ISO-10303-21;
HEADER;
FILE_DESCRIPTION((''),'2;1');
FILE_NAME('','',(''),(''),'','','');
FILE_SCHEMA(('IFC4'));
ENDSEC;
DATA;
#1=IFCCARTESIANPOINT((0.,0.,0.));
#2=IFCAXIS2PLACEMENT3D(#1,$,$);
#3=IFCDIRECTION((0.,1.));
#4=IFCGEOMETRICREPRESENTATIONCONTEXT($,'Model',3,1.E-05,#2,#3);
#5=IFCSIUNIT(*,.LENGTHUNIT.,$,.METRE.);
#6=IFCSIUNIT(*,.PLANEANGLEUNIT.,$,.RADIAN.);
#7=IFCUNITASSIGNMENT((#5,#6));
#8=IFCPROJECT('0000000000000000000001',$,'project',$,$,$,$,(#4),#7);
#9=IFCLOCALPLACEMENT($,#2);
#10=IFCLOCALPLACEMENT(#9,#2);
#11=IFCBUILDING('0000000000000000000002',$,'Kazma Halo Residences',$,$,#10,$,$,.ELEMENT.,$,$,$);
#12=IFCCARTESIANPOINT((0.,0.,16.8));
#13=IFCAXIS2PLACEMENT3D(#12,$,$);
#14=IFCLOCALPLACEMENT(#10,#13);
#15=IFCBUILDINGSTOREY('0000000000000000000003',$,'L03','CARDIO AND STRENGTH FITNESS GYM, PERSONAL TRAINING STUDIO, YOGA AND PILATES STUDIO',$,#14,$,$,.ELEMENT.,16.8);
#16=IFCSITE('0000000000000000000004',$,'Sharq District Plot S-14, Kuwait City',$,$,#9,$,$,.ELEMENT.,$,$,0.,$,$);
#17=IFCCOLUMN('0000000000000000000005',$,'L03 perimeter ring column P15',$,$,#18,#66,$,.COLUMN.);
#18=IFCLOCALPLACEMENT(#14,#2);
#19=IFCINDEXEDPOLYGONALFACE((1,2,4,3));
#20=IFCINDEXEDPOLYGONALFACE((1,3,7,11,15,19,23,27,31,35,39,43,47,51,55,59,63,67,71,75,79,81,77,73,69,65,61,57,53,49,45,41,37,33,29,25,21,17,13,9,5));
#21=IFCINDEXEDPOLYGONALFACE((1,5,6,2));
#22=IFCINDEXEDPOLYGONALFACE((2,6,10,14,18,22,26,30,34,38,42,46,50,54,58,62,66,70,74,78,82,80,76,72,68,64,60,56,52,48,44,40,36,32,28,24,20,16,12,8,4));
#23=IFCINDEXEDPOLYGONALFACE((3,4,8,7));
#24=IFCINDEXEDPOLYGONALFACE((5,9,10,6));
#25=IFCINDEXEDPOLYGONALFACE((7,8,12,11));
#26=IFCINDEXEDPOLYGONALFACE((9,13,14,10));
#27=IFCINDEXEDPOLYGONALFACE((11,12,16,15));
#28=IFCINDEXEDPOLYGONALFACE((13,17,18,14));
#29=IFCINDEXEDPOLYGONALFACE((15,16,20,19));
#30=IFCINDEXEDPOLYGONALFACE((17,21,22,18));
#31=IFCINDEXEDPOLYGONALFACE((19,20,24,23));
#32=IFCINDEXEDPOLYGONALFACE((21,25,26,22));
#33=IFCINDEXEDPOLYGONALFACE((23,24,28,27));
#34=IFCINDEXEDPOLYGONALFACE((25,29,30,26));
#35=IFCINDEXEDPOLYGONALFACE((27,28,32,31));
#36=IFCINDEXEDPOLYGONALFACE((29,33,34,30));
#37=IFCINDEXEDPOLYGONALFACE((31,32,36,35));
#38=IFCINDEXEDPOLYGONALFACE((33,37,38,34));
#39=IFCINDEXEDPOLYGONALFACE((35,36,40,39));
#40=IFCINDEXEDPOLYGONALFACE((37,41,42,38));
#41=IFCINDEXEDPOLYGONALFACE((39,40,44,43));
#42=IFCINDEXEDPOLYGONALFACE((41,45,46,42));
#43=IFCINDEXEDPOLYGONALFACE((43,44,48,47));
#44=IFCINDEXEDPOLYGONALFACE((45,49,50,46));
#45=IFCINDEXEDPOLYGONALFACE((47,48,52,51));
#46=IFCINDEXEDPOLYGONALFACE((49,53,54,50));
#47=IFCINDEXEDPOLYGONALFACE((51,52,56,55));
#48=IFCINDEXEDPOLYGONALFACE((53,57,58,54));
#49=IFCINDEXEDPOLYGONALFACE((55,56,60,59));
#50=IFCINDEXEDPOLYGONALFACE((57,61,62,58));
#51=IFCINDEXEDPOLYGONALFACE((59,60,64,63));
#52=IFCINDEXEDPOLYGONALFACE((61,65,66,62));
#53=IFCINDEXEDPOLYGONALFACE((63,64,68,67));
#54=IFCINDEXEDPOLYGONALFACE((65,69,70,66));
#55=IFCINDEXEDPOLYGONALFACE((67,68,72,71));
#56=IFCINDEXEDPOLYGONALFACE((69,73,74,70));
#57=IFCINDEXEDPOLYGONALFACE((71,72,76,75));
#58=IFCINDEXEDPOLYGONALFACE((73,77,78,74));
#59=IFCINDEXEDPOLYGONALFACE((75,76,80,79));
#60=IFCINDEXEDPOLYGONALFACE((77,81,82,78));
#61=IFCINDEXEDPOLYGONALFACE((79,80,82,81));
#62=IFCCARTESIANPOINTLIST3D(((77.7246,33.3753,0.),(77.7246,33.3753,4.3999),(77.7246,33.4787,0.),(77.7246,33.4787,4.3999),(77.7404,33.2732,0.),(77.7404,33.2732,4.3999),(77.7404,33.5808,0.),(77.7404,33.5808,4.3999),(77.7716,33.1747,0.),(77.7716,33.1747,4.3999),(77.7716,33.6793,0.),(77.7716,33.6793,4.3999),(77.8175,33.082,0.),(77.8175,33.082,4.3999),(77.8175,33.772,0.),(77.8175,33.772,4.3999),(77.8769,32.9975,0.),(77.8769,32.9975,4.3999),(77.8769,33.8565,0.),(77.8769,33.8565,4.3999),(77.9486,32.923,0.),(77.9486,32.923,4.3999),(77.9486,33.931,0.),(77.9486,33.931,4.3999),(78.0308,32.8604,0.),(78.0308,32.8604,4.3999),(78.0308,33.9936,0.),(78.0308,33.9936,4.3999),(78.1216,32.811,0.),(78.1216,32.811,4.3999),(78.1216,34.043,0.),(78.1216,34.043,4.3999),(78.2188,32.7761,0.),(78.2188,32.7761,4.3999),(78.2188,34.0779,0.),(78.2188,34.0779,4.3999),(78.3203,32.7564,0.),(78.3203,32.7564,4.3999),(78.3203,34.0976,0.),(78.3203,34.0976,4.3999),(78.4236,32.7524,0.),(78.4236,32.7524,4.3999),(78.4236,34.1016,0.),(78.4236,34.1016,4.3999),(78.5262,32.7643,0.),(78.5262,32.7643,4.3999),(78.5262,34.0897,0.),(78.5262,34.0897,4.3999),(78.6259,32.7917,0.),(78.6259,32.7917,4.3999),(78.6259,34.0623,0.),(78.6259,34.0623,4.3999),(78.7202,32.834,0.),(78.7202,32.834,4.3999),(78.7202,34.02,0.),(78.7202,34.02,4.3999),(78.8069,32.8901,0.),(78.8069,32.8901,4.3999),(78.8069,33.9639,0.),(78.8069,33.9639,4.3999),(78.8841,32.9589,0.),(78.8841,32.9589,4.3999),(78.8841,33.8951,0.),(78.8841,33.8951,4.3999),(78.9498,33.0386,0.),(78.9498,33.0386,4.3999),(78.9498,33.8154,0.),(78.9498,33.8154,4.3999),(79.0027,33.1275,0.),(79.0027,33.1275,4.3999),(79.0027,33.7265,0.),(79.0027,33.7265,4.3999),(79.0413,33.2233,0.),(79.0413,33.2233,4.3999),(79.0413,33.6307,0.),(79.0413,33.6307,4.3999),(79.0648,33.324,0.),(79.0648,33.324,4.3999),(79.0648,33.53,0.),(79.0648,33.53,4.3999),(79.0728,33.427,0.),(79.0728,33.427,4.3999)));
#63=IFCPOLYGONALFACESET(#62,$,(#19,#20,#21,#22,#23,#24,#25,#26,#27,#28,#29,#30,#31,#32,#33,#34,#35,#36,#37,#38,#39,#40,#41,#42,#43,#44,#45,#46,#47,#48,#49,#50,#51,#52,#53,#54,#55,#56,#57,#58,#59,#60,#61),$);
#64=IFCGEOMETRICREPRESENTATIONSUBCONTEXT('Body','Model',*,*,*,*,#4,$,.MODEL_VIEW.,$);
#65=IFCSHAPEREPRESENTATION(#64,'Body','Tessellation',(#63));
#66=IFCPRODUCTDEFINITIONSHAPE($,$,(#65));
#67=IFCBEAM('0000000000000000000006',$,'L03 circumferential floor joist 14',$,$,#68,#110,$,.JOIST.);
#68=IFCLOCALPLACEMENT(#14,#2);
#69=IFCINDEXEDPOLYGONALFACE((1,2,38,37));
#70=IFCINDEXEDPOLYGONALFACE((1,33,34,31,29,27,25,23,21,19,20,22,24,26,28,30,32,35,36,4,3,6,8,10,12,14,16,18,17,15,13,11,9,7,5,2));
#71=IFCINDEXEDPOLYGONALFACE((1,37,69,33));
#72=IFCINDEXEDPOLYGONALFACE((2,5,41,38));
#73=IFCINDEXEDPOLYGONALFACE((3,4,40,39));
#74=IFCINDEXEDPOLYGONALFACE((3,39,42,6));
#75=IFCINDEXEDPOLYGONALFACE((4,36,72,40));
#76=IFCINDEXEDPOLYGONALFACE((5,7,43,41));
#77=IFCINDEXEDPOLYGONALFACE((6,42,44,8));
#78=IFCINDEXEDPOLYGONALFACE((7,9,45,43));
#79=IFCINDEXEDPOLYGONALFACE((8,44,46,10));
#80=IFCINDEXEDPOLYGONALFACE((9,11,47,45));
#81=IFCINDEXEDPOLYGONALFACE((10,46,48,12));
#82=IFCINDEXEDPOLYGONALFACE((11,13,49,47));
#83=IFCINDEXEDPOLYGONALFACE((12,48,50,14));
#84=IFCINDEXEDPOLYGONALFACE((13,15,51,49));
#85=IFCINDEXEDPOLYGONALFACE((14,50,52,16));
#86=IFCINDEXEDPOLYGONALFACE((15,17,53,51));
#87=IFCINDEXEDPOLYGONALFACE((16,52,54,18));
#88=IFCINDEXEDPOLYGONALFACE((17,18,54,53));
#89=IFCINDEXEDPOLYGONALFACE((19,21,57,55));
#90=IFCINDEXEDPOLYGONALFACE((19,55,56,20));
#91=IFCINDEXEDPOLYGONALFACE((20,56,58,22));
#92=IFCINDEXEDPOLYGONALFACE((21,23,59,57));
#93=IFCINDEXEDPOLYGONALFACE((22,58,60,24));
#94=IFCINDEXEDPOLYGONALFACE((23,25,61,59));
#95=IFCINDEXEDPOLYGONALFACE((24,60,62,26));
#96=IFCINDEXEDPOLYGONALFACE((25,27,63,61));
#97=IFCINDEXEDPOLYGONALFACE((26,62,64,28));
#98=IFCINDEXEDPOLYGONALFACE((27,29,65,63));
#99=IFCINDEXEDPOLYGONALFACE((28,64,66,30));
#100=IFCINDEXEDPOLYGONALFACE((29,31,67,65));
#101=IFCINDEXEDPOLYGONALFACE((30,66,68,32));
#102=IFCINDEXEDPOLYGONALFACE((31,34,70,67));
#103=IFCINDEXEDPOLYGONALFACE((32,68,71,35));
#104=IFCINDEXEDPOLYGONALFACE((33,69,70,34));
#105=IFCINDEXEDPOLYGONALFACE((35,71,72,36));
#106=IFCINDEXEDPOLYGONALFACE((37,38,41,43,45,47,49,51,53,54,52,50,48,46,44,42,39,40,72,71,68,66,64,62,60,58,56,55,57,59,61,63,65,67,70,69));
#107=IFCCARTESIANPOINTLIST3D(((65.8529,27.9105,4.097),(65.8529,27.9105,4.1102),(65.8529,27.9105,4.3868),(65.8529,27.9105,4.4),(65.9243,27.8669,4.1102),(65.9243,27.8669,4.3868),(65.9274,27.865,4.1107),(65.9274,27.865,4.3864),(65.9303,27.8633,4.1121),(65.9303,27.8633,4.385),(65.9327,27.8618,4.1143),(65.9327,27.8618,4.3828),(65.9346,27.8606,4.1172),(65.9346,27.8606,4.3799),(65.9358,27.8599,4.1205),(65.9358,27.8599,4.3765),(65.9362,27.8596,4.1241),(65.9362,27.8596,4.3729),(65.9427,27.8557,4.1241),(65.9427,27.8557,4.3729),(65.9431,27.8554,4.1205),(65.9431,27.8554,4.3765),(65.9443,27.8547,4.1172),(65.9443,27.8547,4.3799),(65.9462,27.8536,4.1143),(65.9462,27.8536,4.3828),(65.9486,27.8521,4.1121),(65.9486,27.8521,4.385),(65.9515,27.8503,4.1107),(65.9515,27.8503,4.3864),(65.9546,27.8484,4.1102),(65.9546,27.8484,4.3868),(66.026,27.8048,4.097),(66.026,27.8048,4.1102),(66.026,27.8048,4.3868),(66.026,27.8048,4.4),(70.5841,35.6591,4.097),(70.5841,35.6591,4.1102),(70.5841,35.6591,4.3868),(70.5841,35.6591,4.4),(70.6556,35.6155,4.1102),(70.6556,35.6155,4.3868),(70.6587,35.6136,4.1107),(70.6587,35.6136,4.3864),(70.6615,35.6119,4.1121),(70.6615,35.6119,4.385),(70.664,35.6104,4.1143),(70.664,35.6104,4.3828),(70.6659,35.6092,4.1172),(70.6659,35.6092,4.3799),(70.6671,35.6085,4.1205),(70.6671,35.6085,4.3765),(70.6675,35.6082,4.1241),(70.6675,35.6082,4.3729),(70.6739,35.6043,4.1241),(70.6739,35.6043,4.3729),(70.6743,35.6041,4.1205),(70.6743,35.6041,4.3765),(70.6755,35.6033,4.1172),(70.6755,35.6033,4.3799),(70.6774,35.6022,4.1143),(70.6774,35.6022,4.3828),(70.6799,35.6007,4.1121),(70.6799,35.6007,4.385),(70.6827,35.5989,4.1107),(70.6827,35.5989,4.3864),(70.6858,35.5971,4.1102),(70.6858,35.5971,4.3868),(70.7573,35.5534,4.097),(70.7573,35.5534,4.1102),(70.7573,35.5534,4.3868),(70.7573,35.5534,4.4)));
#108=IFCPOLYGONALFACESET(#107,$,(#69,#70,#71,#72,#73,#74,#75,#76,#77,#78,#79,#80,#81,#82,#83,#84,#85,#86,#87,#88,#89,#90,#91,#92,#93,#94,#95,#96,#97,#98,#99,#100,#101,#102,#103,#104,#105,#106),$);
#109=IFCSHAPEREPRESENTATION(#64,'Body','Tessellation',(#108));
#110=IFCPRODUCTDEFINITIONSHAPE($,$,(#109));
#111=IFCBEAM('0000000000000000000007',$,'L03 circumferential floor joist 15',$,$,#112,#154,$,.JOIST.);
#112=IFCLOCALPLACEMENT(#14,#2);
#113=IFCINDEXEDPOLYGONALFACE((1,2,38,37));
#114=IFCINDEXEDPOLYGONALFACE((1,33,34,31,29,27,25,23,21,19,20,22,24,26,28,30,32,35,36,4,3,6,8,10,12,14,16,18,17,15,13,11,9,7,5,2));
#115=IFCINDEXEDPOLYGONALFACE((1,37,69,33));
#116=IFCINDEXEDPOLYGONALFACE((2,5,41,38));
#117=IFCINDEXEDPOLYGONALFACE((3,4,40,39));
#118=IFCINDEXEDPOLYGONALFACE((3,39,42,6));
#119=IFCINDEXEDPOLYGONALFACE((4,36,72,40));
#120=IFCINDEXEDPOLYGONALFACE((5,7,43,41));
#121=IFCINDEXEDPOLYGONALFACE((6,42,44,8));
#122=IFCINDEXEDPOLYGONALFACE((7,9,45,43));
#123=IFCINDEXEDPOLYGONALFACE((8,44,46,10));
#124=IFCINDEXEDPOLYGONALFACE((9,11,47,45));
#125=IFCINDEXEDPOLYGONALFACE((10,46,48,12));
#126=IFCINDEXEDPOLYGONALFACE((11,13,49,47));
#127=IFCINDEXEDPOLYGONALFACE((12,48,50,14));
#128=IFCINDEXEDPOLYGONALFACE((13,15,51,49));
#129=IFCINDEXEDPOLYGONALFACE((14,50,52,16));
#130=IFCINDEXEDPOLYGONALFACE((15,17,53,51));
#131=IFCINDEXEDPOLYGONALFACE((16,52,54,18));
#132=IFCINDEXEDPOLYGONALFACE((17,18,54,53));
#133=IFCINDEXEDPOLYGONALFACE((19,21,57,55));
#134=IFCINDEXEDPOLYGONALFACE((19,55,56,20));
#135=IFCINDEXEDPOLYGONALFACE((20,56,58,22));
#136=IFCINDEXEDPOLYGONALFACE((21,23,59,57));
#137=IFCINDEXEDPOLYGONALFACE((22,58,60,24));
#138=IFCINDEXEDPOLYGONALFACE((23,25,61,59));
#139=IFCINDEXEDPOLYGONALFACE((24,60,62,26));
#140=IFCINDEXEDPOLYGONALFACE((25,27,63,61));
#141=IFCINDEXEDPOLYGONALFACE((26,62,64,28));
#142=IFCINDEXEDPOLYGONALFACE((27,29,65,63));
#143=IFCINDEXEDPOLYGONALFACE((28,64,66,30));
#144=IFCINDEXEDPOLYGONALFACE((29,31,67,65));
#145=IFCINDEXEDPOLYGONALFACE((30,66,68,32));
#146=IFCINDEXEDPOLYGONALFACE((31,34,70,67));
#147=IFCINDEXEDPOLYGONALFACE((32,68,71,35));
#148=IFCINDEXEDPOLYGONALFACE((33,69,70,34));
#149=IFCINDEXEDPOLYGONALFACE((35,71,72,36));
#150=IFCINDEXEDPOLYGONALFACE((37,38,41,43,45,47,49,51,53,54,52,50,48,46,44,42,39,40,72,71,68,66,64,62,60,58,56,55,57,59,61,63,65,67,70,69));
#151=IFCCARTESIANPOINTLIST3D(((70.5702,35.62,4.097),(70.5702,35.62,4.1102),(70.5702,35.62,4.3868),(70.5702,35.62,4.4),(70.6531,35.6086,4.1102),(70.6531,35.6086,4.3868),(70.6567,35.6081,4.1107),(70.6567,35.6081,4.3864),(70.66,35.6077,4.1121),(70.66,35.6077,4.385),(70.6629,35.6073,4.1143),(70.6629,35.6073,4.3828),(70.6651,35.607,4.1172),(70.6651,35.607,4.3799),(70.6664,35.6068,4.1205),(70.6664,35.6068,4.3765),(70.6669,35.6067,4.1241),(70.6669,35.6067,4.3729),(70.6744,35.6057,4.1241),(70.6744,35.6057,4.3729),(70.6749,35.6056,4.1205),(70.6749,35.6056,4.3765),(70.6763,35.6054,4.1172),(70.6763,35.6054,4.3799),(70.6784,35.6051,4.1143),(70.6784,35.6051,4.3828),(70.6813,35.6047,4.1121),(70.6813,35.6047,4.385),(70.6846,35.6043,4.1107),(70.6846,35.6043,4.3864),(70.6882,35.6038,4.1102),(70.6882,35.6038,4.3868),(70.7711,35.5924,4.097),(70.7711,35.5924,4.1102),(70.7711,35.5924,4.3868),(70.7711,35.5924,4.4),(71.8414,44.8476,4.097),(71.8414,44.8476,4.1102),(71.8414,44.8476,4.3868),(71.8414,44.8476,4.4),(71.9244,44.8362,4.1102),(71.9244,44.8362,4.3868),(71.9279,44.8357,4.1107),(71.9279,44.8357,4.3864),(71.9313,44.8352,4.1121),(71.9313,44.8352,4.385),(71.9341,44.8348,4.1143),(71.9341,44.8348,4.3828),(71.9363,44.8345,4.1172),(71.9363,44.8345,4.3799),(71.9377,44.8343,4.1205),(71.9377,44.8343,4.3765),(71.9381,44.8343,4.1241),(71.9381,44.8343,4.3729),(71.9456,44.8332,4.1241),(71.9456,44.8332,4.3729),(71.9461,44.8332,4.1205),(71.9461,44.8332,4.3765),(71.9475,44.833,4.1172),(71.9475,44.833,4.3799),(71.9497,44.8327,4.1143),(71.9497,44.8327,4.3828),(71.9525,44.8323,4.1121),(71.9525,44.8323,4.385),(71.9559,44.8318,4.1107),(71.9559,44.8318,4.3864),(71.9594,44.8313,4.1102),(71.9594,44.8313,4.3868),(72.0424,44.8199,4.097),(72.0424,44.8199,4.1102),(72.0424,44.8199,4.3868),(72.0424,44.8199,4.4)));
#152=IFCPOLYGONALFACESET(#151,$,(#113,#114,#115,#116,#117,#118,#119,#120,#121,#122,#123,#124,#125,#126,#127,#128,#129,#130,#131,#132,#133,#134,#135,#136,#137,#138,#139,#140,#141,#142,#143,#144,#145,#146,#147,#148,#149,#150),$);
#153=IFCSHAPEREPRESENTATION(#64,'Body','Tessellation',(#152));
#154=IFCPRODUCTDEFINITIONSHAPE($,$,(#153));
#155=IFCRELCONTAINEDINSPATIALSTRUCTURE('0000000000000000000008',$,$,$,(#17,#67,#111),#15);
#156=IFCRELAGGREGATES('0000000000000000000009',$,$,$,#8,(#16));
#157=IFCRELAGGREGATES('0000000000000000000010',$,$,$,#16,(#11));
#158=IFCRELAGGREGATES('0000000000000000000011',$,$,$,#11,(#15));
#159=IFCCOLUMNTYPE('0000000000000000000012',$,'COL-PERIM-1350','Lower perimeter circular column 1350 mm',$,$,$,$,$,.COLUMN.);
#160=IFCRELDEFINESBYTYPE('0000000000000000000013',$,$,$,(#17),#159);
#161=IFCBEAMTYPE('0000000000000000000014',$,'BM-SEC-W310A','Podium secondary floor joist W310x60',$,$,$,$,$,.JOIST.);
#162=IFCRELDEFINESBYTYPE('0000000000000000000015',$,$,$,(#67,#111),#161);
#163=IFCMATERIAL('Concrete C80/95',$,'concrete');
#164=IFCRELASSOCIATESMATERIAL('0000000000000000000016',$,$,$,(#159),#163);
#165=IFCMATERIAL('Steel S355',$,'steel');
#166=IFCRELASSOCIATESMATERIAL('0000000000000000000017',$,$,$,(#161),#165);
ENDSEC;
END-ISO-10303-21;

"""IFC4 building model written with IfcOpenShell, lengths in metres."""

from ifc_helpers import new_model, si_unit, direction, frame, origin, origin_2d, place, context, subcontext, project, spatial, circle, i_section, extrude, material, material_profile, profile_set, type_object, element, save


model = new_model("IFC4")

# Units and contexts
model_context = context("Model", 3, precision=1e-05, world=origin(), true_north=direction((0.0, 1.0)))
body_context = subcontext(model_context, "Body", "Model", "MODEL_VIEW")
ifc_project = project(units=[si_unit("LENGTHUNIT", "METRE"), si_unit("PLANEANGLEUNIT", "RADIAN")], contexts=[model_context])

# Site, building, storey
site_placement = place(None, origin())
site = spatial("IfcSite", under=ifc_project, at=site_placement, Name="Sharq District Plot S-14, Kuwait City", CompositionType="ELEMENT", RefElevation=0.0)
building_placement = place(site_placement, origin())
building = spatial("IfcBuilding", under=site, at=building_placement, Name="Kazma Halo Residences", CompositionType="ELEMENT")
storey_placement = place(building_placement, frame((0.0, 0.0, 16.8)))
storey = spatial("IfcBuildingStorey", under=building, at=storey_placement, Name="L03", Description="CARDIO AND STRENGTH FITNESS GYM, PERSONAL TRAINING STUDIO, YOGA AND PILATES STUDIO", CompositionType="ELEMENT", Elevation=16.8)

# Column
ifc_material_1 = material(Name="Concrete C80/95", Category="concrete")
ifc_material_profile_1 = material_profile(ifc_material_1, circle(Radius=0.675, at=origin_2d()), Name="CIRC1350")
ifc_profile_set_1 = profile_set([ifc_material_profile_1], Name="Concrete C80/95")
column_type = type_object("IfcColumnType", Name="COL-PERIM-1350", Description="Lower perimeter circular column 1350 mm", PredefinedType="COLUMN", material=ifc_profile_set_1)
column_placement = place(storey_placement, frame((78.3977, 33.427, 0.0), z_axis=(0.0, 0.0, 1.0), x_axis=(1.0, 0.0, 0.0)))
element("IfcColumn", 1, at=column_placement, inside=storey, type_object=column_type, Name="L03 perimeter ring column P15", PredefinedType="COLUMN", context=body_context, shape_type="SweptSolid", body=[
    extrude(circle(Radius=0.675, at=origin_2d()), origin(), (0.0, 0.0, 1.0), 4.3999),
])

# Beams
ifc_material_2 = material(Name="Steel S355", Category="steel")
ifc_material_profile_2 = material_profile(ifc_material_2, i_section(OverallWidth=0.2029, OverallDepth=0.303, WebThickness=0.0076, FlangeThickness=0.0132, FilletRadius=0.0139, at=origin_2d()), Name="W310x60")
ifc_profile_set_2 = profile_set([ifc_material_profile_2], Name="Steel S355")
beam_type_1 = type_object("IfcBeamType", Name="BM-SEC-W310A", Description="Podium secondary floor joist W310x60", PredefinedType="JOIST", material=ifc_profile_set_2)
beam_1_placement = place(storey_placement, frame((65.9395, 27.8577, 4.2485), z_axis=(0.521128, 0.853479, 0.0), x_axis=(-0.853479, 0.521128, 0.0)))
element("IfcBeam", 2, at=beam_1_placement, inside=storey, type_object=beam_type_1, Name="L03 circumferential floor joist 14", PredefinedType="JOIST", context=body_context, shape_type="SweptSolid", body=[
    extrude(i_section(OverallWidth=0.2029, OverallDepth=0.303, WebThickness=0.0076, FlangeThickness=0.0132, FilletRadius=0.0139, at=origin_2d()), origin(), (0.0, 0.0, 1.0), 9.0789),
])
beam_2_placement = place(storey_placement, frame((70.6707, 35.6062, 4.2485), z_axis=(0.136477, 0.990643, 0.0), x_axis=(-0.990643, 0.136477, 0.0)))
element("IfcBeam", 3, at=beam_2_placement, inside=storey, type_object=beam_type_1, Name="L03 circumferential floor joist 15", PredefinedType="JOIST", context=body_context, shape_type="SweptSolid", body=[
    extrude(i_section(OverallWidth=0.2029, OverallDepth=0.303, WebThickness=0.0076, FlangeThickness=0.0132, FilletRadius=0.0139, at=origin_2d()), origin(), (0.0, 0.0, 1.0), 9.3147),
])

save(model, "model.ifc")
